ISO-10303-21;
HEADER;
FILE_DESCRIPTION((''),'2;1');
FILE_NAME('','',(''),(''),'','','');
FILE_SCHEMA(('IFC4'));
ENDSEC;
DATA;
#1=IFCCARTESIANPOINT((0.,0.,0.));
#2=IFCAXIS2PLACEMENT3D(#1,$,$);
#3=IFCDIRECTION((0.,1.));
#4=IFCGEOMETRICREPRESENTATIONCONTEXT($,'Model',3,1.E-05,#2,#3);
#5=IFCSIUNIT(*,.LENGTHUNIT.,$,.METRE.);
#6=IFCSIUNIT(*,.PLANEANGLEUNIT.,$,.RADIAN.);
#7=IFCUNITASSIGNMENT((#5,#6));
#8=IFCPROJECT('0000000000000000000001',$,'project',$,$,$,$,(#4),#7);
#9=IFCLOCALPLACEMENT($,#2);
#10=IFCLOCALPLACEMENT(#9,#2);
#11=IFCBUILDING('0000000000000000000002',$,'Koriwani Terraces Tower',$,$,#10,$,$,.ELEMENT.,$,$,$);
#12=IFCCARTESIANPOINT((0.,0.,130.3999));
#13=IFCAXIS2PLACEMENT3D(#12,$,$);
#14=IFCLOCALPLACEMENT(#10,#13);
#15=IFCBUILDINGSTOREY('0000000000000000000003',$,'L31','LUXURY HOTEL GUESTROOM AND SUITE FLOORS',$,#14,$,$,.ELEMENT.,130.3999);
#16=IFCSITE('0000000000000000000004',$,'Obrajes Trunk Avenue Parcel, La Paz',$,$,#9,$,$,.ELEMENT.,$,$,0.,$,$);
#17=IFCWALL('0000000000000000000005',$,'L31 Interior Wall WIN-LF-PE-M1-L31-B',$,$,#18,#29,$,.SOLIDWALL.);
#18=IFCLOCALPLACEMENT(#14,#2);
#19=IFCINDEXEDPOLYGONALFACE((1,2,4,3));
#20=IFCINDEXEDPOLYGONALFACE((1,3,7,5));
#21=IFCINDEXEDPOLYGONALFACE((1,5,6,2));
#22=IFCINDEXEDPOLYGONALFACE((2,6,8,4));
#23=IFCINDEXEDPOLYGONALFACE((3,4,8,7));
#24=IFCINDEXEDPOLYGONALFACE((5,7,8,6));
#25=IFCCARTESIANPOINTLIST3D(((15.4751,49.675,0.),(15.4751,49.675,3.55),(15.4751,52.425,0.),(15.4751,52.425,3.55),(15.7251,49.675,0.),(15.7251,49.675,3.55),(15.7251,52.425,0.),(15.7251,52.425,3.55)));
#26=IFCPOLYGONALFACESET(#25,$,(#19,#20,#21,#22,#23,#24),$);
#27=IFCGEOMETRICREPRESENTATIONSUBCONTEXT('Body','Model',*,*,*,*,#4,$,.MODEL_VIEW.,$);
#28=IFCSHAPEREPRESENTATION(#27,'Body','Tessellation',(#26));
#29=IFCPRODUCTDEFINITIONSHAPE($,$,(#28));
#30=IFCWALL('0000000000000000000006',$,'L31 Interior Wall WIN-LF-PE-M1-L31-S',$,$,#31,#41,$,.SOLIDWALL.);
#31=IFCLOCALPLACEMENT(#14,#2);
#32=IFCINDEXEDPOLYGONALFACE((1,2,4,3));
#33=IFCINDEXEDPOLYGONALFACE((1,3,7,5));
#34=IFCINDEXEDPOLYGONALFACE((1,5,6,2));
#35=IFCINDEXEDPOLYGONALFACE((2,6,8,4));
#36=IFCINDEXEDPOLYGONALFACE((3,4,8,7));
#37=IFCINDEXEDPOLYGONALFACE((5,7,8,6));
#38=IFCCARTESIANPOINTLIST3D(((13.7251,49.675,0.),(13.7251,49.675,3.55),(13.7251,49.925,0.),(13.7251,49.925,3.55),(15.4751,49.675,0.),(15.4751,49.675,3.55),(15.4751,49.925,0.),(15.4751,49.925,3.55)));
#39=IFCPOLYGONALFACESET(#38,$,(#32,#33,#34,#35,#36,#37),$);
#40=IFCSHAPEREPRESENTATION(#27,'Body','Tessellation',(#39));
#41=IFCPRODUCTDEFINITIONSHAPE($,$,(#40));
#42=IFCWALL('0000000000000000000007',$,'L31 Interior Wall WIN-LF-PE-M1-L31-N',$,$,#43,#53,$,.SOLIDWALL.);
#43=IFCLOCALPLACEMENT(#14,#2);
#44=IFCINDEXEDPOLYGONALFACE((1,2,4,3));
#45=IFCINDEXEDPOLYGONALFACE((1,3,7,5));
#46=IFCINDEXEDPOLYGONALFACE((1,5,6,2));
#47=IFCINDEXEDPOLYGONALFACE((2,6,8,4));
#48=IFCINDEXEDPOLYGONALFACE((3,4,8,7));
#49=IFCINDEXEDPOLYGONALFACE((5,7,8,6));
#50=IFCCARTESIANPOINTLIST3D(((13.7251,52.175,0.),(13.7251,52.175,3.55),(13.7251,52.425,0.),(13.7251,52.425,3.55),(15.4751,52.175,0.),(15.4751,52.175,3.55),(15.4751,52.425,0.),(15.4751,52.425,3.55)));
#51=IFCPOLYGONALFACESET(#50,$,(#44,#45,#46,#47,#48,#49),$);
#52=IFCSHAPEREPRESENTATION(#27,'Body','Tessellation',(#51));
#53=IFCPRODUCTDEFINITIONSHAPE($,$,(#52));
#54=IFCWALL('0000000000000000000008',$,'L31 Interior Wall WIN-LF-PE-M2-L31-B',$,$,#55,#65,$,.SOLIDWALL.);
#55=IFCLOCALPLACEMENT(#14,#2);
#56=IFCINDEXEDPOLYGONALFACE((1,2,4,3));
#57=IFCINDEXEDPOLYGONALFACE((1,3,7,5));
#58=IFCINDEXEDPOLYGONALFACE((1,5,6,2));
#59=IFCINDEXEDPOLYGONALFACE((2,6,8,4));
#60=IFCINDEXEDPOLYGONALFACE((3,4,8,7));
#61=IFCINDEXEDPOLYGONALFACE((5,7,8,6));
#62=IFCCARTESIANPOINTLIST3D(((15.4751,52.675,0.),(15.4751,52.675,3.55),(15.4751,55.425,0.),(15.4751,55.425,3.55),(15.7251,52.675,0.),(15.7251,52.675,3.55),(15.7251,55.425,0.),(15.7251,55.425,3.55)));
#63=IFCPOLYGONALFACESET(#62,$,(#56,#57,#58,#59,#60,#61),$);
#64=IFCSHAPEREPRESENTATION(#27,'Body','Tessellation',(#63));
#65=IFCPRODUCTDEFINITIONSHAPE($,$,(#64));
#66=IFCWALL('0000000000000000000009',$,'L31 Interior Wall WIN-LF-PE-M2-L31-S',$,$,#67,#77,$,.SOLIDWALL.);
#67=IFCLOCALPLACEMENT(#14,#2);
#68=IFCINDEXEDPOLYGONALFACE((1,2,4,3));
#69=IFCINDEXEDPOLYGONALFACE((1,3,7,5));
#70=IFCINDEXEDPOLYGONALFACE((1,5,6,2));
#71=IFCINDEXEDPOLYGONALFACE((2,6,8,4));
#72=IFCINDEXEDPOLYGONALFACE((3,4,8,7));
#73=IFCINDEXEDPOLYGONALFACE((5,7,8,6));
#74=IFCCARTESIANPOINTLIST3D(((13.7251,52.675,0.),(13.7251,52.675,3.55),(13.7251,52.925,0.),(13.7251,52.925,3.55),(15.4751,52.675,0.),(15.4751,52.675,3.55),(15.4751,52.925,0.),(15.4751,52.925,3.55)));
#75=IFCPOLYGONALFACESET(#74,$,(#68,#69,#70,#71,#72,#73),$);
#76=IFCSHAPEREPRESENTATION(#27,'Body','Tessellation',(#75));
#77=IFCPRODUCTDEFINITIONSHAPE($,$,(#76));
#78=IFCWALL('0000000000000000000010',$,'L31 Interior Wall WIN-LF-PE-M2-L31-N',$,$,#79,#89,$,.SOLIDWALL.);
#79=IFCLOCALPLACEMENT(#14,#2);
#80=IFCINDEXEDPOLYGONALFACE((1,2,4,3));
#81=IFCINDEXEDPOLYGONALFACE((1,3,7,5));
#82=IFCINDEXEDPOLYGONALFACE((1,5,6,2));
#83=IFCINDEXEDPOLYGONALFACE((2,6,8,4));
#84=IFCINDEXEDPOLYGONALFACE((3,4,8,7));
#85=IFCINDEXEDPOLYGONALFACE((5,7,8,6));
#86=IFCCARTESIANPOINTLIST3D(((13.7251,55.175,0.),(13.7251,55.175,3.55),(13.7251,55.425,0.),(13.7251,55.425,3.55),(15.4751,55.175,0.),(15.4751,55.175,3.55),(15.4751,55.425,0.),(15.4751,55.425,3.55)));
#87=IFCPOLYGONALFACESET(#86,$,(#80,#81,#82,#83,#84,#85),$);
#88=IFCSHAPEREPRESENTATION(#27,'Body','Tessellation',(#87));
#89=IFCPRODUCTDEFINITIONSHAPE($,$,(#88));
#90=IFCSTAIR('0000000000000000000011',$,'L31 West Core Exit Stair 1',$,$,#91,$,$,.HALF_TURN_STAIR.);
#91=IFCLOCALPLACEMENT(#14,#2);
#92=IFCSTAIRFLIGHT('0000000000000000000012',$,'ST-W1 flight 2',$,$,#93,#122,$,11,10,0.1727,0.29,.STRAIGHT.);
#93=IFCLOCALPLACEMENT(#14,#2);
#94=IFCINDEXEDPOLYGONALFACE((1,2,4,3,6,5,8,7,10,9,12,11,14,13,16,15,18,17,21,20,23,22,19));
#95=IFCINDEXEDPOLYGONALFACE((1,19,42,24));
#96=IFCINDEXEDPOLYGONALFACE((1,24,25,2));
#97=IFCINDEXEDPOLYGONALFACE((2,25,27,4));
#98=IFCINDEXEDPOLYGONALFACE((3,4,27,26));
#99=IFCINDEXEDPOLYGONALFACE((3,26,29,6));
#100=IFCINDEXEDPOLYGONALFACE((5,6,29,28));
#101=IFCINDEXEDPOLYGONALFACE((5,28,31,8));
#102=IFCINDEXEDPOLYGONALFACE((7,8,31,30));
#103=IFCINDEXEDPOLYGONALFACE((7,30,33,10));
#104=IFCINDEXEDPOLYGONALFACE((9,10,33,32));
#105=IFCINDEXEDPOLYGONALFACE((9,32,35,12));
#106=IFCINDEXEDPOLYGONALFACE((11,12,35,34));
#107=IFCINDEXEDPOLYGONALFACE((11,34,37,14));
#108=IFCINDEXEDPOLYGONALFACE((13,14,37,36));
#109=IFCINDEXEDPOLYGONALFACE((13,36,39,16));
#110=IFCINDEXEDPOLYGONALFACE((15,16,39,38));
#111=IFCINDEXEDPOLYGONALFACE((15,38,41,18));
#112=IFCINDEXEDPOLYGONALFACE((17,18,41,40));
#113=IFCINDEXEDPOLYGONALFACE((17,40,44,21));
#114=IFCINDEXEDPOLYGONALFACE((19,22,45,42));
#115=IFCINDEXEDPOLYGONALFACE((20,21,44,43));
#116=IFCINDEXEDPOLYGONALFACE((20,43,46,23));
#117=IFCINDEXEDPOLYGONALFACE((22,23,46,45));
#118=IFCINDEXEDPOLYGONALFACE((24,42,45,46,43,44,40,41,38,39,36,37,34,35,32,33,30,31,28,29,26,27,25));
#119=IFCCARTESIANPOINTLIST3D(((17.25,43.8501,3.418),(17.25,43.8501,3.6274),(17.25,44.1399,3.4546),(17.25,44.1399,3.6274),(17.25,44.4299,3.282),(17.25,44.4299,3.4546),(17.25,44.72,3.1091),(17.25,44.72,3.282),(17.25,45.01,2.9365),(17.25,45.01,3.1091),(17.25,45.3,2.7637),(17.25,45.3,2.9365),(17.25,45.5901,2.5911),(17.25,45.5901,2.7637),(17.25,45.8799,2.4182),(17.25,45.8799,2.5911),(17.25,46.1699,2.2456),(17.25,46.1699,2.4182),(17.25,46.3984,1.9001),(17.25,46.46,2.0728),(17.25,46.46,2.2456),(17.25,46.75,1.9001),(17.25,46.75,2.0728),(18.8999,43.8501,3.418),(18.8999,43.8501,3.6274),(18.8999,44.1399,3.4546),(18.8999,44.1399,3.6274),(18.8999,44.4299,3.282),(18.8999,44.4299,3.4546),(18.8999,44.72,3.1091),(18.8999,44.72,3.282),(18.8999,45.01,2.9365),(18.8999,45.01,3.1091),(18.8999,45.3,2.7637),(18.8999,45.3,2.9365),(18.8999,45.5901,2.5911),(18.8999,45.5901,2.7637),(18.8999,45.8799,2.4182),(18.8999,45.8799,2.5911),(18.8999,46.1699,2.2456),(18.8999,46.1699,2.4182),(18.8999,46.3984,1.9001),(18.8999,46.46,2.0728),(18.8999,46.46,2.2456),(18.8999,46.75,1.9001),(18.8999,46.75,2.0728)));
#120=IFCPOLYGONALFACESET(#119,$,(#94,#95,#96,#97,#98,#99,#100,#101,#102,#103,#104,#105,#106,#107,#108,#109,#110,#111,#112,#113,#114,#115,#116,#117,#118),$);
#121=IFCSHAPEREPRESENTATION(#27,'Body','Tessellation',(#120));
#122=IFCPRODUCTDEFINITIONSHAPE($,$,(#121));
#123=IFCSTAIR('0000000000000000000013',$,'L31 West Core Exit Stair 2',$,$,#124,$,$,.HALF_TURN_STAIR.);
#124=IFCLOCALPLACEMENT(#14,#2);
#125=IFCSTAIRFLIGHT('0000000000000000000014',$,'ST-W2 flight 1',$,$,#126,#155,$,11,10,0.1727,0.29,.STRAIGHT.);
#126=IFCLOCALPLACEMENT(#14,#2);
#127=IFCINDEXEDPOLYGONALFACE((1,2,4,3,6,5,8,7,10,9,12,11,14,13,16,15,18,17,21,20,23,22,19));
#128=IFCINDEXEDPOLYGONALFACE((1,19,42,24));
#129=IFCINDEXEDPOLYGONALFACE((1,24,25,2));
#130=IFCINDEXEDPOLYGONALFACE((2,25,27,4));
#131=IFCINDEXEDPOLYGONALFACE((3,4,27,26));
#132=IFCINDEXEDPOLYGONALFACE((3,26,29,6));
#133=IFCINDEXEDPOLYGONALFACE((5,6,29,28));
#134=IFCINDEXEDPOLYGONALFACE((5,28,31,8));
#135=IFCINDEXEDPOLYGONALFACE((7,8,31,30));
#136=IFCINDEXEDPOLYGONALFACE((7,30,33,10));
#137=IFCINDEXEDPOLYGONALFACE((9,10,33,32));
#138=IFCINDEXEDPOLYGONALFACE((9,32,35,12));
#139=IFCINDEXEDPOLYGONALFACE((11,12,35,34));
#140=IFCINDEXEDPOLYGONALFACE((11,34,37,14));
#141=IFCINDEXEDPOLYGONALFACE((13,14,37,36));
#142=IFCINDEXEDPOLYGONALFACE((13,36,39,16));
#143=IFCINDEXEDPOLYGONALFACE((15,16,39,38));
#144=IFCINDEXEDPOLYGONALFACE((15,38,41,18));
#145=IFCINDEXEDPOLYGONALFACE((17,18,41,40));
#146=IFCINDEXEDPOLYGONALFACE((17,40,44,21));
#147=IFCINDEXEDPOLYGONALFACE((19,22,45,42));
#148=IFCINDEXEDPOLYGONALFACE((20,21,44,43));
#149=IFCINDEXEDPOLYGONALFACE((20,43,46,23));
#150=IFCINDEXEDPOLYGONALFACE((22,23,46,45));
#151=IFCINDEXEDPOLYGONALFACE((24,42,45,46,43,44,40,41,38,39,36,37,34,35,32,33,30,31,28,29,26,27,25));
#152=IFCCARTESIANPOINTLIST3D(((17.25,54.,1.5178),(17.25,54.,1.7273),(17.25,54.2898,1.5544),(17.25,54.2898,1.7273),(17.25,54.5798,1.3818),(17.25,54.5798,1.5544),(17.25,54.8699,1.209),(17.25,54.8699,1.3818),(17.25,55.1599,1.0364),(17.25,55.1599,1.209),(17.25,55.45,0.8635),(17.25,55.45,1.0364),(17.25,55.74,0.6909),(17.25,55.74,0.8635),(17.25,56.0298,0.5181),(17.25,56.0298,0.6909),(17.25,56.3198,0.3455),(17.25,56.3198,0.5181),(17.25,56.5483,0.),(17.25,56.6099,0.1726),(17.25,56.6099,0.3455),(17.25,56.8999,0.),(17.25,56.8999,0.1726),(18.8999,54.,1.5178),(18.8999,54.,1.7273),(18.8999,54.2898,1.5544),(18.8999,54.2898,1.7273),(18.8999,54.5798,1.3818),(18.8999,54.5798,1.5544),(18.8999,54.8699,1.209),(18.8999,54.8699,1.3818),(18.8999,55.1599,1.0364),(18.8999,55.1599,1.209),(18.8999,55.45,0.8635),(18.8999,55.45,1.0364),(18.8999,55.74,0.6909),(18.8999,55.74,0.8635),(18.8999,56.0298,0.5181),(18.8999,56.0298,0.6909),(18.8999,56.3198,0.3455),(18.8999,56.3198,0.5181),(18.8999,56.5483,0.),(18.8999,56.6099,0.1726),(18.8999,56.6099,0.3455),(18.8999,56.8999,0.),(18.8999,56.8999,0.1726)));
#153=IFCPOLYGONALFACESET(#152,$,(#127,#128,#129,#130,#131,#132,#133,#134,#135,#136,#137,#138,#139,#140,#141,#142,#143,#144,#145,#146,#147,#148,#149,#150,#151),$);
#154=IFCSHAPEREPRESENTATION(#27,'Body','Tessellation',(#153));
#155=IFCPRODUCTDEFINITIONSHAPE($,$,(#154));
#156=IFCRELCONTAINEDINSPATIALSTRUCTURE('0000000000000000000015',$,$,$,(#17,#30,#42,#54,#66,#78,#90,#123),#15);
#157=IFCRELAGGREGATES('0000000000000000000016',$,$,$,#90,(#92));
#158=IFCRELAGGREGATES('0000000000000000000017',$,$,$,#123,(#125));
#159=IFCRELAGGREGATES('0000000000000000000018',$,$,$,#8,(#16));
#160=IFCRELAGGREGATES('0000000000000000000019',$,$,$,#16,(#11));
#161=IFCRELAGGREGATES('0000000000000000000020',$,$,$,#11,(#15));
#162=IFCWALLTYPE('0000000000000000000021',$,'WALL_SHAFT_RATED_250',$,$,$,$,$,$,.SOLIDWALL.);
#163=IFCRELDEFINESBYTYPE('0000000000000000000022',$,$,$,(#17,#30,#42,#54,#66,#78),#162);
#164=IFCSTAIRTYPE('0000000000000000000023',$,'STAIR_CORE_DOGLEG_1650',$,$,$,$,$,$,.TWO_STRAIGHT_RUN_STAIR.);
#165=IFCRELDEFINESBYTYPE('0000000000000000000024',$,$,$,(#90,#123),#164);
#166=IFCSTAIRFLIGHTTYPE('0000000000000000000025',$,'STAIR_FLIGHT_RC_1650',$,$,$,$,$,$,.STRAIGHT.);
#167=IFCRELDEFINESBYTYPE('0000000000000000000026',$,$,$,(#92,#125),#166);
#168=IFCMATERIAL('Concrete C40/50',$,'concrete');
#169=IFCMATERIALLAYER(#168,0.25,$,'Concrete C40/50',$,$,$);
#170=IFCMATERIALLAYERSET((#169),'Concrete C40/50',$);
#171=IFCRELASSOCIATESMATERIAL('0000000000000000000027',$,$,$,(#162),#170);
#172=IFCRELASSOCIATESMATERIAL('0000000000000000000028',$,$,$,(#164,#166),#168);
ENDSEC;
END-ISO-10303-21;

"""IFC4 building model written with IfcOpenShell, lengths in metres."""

from ifc_helpers import new_model, si_unit, direction, frame, frame_2d, origin, place, context, subcontext, project, spatial, polyline, rectangle, outline, extrude, material, layer, layer_set, type_object, element, aggregate, save


model = new_model("IFC4")

# Units and contexts
model_context = context("Model", 3, precision=1e-05, world=origin(), true_north=direction((0.0, 1.0)))
body_context = subcontext(model_context, "Body", "Model", "MODEL_VIEW")
ifc_project = project(units=[si_unit("LENGTHUNIT", "METRE"), si_unit("PLANEANGLEUNIT", "RADIAN")], contexts=[model_context])

# Site, building, storey
site_placement = place(None, origin())
site = spatial("IfcSite", under=ifc_project, at=site_placement, Name="Obrajes Trunk Avenue Parcel, La Paz", CompositionType="ELEMENT", RefElevation=0.0)
building_placement = place(site_placement, origin())
building = spatial("IfcBuilding", under=site, at=building_placement, Name="Koriwani Terraces Tower", CompositionType="ELEMENT")
storey_placement = place(building_placement, frame((0.0, 0.0, 130.3999)))
storey = spatial("IfcBuildingStorey", under=building, at=storey_placement, Name="L31", Description="LUXURY HOTEL GUESTROOM AND SUITE FLOORS", CompositionType="ELEMENT", Elevation=130.3999)

# Shared definitions
ifc_material_1 = material(Name="Concrete C40/50", Category="concrete")

# Shared definitions
ifc_layer_1 = layer(ifc_material_1, 0.25, Name="Concrete C40/50")
ifc_layer_set_1 = layer_set([ifc_layer_1], Name="Concrete C40/50")
wall_type_1 = type_object("IfcWallType", Name="WALL_SHAFT_RATED_250", PredefinedType="SOLIDWALL", material=ifc_layer_set_1)

# Walls
wall_1_placement = place(storey_placement, frame((15.6001, 49.675, 0.0), z_axis=(0.0, 0.0, 1.0), x_axis=(0.0, 1.0, 0.0)))
element("IfcWall", 1, at=wall_1_placement, inside=storey, type_object=wall_type_1, Name="L31 Interior Wall WIN-LF-PE-M1-L31-B", PredefinedType="SOLIDWALL", context=body_context, shape_type="SweptSolid", body=[
    extrude(rectangle(XDim=2.75, YDim=0.25, at=frame_2d((1.375, 0.0))), origin(), (0.0, 0.0, 1.0), 3.55),
])
for number, where, z_axis, x_axis, name in (
    (2, (13.7251, 49.8, 0.0), (0.0, 0.0, 1.0), (1.0, 0.0, 0.0), "L31 Interior Wall WIN-LF-PE-M1-L31-S"),
    (3, (13.7251, 52.3, 0.0), (0.0, 0.0, 1.0), (1.0, 0.0, 0.0), "L31 Interior Wall WIN-LF-PE-M1-L31-N"),
):
    element("IfcWall", number, at=place(storey_placement, frame(where, z_axis=z_axis, x_axis=x_axis)), inside=storey, type_object=wall_type_1, Name=name, PredefinedType="SOLIDWALL", context=body_context, shape_type="SweptSolid", body=[
        extrude(rectangle(XDim=1.75, YDim=0.25, at=frame_2d((0.875, 0.0))), origin(), (0.0, 0.0, 1.0), 3.55),
    ])

# Walls
wall_2_placement = place(storey_placement, frame((15.6001, 52.675, 0.0), z_axis=(0.0, 0.0, 1.0), x_axis=(0.0, 1.0, 0.0)))
element("IfcWall", 4, at=wall_2_placement, inside=storey, type_object=wall_type_1, Name="L31 Interior Wall WIN-LF-PE-M2-L31-B", PredefinedType="SOLIDWALL", context=body_context, shape_type="SweptSolid", body=[
    extrude(rectangle(XDim=2.75, YDim=0.25, at=frame_2d((1.375, 0.0))), origin(), (0.0, 0.0, 1.0), 3.55),
])
for number, where, z_axis, x_axis, name in (
    (5, (13.7251, 52.8, 0.0), (0.0, 0.0, 1.0), (1.0, 0.0, 0.0), "L31 Interior Wall WIN-LF-PE-M2-L31-S"),
    (6, (13.7251, 55.3, 0.0), (0.0, 0.0, 1.0), (1.0, 0.0, 0.0), "L31 Interior Wall WIN-LF-PE-M2-L31-N"),
):
    element("IfcWall", number, at=place(storey_placement, frame(where, z_axis=z_axis, x_axis=x_axis)), inside=storey, type_object=wall_type_1, Name=name, PredefinedType="SOLIDWALL", context=body_context, shape_type="SweptSolid", body=[
        extrude(rectangle(XDim=1.75, YDim=0.25, at=frame_2d((0.875, 0.0))), origin(), (0.0, 0.0, 1.0), 3.55),
    ])

# Stairs, stair flights
stair_type = type_object("IfcStairType", Name="STAIR_CORE_DOGLEG_1650", PredefinedType="TWO_STRAIGHT_RUN_STAIR", material=ifc_material_1)
stair_1_placement = place(storey_placement, origin())
stair_1 = element("IfcStair", 7, at=stair_1_placement, inside=storey, type_object=stair_type, Name="L31 West Core Exit Stair 1", PredefinedType="HALF_TURN_STAIR")
stair_flight_type = type_object("IfcStairFlightType", Name="STAIR_FLIGHT_RC_1650", PredefinedType="STRAIGHT", material=ifc_material_1)
stair_flight_1_placement = place(storey_placement, frame((18.075, 46.75, 1.9001), z_axis=(0.0, 0.0, 1.0), x_axis=(0.0, -1.0, 0.0)))
stair_flight_1 = element("IfcStairFlight", 8, at=stair_flight_1_placement, type_object=stair_flight_type, Name="ST-W1 flight 2", NumberOfRisers=11, NumberOfTreads=10, PredefinedType="STRAIGHT", RiserHeight=0.1727, TreadLength=0.29, context=body_context, shape_type="SweptSolid", body=[
    extrude(outline(polyline([(0.0, 0.0), (0.0, 0.1726), (0.29, 0.1726), (0.29, 0.3455), (0.5801, 0.3455), (0.5801, 0.5181), (0.8701, 0.5181), (0.8701, 0.6909), (1.1599, 0.6909), (1.1599, 0.8635), (1.45, 0.8635), (1.45, 1.0364), (1.74, 1.0364), (1.74, 1.209), (2.03, 1.209), (2.03, 1.3818), (2.3201, 1.3818), (2.3201, 1.5544), (2.6101, 1.5544), (2.6101, 1.7273), (2.8999, 1.7273), (2.8999, 1.8999), (2.8999, 1.5178), (0.3516, 0.0), (0.0, 0.0)])), frame((0.0, 0.825, 0.0), z_axis=(0.0, -1.0, 0.0), x_axis=(1.0, 0.0, 0.0)), (0.0, 0.0, 1.0), 1.6499),
])
aggregate(stair_1, [stair_flight_1])
stair_2_placement = place(storey_placement, origin())
stair_2 = element("IfcStair", 9, at=stair_2_placement, inside=storey, type_object=stair_type, Name="L31 West Core Exit Stair 2", PredefinedType="HALF_TURN_STAIR")
stair_flight_2_placement = place(storey_placement, frame((18.075, 56.8999, 0.0), z_axis=(0.0, 0.0, 1.0), x_axis=(0.0, -1.0, 0.0)))
stair_flight_2 = element("IfcStairFlight", 10, at=stair_flight_2_placement, type_object=stair_flight_type, Name="ST-W2 flight 1", NumberOfRisers=11, NumberOfTreads=10, PredefinedType="STRAIGHT", RiserHeight=0.1727, TreadLength=0.29, context=body_context, shape_type="SweptSolid", body=[
    extrude(outline(polyline([(0.0, 0.0), (0.0, 0.1726), (0.29, 0.1726), (0.29, 0.3455), (0.5801, 0.3455), (0.5801, 0.5181), (0.8701, 0.5181), (0.8701, 0.6909), (1.1599, 0.6909), (1.1599, 0.8635), (1.45, 0.8635), (1.45, 1.0364), (1.74, 1.0364), (1.74, 1.209), (2.03, 1.209), (2.03, 1.3818), (2.3201, 1.3818), (2.3201, 1.5544), (2.6101, 1.5544), (2.6101, 1.7273), (2.8999, 1.7273), (2.8999, 1.8999), (2.8999, 1.5178), (0.3516, 0.0), (0.0, 0.0)])), frame((0.0, 0.825, 0.0), z_axis=(0.0, -1.0, 0.0), x_axis=(1.0, 0.0, 0.0)), (0.0, 0.0, 1.0), 1.6499),
])
aggregate(stair_2, [stair_flight_2])

save(model, "model.ifc")
